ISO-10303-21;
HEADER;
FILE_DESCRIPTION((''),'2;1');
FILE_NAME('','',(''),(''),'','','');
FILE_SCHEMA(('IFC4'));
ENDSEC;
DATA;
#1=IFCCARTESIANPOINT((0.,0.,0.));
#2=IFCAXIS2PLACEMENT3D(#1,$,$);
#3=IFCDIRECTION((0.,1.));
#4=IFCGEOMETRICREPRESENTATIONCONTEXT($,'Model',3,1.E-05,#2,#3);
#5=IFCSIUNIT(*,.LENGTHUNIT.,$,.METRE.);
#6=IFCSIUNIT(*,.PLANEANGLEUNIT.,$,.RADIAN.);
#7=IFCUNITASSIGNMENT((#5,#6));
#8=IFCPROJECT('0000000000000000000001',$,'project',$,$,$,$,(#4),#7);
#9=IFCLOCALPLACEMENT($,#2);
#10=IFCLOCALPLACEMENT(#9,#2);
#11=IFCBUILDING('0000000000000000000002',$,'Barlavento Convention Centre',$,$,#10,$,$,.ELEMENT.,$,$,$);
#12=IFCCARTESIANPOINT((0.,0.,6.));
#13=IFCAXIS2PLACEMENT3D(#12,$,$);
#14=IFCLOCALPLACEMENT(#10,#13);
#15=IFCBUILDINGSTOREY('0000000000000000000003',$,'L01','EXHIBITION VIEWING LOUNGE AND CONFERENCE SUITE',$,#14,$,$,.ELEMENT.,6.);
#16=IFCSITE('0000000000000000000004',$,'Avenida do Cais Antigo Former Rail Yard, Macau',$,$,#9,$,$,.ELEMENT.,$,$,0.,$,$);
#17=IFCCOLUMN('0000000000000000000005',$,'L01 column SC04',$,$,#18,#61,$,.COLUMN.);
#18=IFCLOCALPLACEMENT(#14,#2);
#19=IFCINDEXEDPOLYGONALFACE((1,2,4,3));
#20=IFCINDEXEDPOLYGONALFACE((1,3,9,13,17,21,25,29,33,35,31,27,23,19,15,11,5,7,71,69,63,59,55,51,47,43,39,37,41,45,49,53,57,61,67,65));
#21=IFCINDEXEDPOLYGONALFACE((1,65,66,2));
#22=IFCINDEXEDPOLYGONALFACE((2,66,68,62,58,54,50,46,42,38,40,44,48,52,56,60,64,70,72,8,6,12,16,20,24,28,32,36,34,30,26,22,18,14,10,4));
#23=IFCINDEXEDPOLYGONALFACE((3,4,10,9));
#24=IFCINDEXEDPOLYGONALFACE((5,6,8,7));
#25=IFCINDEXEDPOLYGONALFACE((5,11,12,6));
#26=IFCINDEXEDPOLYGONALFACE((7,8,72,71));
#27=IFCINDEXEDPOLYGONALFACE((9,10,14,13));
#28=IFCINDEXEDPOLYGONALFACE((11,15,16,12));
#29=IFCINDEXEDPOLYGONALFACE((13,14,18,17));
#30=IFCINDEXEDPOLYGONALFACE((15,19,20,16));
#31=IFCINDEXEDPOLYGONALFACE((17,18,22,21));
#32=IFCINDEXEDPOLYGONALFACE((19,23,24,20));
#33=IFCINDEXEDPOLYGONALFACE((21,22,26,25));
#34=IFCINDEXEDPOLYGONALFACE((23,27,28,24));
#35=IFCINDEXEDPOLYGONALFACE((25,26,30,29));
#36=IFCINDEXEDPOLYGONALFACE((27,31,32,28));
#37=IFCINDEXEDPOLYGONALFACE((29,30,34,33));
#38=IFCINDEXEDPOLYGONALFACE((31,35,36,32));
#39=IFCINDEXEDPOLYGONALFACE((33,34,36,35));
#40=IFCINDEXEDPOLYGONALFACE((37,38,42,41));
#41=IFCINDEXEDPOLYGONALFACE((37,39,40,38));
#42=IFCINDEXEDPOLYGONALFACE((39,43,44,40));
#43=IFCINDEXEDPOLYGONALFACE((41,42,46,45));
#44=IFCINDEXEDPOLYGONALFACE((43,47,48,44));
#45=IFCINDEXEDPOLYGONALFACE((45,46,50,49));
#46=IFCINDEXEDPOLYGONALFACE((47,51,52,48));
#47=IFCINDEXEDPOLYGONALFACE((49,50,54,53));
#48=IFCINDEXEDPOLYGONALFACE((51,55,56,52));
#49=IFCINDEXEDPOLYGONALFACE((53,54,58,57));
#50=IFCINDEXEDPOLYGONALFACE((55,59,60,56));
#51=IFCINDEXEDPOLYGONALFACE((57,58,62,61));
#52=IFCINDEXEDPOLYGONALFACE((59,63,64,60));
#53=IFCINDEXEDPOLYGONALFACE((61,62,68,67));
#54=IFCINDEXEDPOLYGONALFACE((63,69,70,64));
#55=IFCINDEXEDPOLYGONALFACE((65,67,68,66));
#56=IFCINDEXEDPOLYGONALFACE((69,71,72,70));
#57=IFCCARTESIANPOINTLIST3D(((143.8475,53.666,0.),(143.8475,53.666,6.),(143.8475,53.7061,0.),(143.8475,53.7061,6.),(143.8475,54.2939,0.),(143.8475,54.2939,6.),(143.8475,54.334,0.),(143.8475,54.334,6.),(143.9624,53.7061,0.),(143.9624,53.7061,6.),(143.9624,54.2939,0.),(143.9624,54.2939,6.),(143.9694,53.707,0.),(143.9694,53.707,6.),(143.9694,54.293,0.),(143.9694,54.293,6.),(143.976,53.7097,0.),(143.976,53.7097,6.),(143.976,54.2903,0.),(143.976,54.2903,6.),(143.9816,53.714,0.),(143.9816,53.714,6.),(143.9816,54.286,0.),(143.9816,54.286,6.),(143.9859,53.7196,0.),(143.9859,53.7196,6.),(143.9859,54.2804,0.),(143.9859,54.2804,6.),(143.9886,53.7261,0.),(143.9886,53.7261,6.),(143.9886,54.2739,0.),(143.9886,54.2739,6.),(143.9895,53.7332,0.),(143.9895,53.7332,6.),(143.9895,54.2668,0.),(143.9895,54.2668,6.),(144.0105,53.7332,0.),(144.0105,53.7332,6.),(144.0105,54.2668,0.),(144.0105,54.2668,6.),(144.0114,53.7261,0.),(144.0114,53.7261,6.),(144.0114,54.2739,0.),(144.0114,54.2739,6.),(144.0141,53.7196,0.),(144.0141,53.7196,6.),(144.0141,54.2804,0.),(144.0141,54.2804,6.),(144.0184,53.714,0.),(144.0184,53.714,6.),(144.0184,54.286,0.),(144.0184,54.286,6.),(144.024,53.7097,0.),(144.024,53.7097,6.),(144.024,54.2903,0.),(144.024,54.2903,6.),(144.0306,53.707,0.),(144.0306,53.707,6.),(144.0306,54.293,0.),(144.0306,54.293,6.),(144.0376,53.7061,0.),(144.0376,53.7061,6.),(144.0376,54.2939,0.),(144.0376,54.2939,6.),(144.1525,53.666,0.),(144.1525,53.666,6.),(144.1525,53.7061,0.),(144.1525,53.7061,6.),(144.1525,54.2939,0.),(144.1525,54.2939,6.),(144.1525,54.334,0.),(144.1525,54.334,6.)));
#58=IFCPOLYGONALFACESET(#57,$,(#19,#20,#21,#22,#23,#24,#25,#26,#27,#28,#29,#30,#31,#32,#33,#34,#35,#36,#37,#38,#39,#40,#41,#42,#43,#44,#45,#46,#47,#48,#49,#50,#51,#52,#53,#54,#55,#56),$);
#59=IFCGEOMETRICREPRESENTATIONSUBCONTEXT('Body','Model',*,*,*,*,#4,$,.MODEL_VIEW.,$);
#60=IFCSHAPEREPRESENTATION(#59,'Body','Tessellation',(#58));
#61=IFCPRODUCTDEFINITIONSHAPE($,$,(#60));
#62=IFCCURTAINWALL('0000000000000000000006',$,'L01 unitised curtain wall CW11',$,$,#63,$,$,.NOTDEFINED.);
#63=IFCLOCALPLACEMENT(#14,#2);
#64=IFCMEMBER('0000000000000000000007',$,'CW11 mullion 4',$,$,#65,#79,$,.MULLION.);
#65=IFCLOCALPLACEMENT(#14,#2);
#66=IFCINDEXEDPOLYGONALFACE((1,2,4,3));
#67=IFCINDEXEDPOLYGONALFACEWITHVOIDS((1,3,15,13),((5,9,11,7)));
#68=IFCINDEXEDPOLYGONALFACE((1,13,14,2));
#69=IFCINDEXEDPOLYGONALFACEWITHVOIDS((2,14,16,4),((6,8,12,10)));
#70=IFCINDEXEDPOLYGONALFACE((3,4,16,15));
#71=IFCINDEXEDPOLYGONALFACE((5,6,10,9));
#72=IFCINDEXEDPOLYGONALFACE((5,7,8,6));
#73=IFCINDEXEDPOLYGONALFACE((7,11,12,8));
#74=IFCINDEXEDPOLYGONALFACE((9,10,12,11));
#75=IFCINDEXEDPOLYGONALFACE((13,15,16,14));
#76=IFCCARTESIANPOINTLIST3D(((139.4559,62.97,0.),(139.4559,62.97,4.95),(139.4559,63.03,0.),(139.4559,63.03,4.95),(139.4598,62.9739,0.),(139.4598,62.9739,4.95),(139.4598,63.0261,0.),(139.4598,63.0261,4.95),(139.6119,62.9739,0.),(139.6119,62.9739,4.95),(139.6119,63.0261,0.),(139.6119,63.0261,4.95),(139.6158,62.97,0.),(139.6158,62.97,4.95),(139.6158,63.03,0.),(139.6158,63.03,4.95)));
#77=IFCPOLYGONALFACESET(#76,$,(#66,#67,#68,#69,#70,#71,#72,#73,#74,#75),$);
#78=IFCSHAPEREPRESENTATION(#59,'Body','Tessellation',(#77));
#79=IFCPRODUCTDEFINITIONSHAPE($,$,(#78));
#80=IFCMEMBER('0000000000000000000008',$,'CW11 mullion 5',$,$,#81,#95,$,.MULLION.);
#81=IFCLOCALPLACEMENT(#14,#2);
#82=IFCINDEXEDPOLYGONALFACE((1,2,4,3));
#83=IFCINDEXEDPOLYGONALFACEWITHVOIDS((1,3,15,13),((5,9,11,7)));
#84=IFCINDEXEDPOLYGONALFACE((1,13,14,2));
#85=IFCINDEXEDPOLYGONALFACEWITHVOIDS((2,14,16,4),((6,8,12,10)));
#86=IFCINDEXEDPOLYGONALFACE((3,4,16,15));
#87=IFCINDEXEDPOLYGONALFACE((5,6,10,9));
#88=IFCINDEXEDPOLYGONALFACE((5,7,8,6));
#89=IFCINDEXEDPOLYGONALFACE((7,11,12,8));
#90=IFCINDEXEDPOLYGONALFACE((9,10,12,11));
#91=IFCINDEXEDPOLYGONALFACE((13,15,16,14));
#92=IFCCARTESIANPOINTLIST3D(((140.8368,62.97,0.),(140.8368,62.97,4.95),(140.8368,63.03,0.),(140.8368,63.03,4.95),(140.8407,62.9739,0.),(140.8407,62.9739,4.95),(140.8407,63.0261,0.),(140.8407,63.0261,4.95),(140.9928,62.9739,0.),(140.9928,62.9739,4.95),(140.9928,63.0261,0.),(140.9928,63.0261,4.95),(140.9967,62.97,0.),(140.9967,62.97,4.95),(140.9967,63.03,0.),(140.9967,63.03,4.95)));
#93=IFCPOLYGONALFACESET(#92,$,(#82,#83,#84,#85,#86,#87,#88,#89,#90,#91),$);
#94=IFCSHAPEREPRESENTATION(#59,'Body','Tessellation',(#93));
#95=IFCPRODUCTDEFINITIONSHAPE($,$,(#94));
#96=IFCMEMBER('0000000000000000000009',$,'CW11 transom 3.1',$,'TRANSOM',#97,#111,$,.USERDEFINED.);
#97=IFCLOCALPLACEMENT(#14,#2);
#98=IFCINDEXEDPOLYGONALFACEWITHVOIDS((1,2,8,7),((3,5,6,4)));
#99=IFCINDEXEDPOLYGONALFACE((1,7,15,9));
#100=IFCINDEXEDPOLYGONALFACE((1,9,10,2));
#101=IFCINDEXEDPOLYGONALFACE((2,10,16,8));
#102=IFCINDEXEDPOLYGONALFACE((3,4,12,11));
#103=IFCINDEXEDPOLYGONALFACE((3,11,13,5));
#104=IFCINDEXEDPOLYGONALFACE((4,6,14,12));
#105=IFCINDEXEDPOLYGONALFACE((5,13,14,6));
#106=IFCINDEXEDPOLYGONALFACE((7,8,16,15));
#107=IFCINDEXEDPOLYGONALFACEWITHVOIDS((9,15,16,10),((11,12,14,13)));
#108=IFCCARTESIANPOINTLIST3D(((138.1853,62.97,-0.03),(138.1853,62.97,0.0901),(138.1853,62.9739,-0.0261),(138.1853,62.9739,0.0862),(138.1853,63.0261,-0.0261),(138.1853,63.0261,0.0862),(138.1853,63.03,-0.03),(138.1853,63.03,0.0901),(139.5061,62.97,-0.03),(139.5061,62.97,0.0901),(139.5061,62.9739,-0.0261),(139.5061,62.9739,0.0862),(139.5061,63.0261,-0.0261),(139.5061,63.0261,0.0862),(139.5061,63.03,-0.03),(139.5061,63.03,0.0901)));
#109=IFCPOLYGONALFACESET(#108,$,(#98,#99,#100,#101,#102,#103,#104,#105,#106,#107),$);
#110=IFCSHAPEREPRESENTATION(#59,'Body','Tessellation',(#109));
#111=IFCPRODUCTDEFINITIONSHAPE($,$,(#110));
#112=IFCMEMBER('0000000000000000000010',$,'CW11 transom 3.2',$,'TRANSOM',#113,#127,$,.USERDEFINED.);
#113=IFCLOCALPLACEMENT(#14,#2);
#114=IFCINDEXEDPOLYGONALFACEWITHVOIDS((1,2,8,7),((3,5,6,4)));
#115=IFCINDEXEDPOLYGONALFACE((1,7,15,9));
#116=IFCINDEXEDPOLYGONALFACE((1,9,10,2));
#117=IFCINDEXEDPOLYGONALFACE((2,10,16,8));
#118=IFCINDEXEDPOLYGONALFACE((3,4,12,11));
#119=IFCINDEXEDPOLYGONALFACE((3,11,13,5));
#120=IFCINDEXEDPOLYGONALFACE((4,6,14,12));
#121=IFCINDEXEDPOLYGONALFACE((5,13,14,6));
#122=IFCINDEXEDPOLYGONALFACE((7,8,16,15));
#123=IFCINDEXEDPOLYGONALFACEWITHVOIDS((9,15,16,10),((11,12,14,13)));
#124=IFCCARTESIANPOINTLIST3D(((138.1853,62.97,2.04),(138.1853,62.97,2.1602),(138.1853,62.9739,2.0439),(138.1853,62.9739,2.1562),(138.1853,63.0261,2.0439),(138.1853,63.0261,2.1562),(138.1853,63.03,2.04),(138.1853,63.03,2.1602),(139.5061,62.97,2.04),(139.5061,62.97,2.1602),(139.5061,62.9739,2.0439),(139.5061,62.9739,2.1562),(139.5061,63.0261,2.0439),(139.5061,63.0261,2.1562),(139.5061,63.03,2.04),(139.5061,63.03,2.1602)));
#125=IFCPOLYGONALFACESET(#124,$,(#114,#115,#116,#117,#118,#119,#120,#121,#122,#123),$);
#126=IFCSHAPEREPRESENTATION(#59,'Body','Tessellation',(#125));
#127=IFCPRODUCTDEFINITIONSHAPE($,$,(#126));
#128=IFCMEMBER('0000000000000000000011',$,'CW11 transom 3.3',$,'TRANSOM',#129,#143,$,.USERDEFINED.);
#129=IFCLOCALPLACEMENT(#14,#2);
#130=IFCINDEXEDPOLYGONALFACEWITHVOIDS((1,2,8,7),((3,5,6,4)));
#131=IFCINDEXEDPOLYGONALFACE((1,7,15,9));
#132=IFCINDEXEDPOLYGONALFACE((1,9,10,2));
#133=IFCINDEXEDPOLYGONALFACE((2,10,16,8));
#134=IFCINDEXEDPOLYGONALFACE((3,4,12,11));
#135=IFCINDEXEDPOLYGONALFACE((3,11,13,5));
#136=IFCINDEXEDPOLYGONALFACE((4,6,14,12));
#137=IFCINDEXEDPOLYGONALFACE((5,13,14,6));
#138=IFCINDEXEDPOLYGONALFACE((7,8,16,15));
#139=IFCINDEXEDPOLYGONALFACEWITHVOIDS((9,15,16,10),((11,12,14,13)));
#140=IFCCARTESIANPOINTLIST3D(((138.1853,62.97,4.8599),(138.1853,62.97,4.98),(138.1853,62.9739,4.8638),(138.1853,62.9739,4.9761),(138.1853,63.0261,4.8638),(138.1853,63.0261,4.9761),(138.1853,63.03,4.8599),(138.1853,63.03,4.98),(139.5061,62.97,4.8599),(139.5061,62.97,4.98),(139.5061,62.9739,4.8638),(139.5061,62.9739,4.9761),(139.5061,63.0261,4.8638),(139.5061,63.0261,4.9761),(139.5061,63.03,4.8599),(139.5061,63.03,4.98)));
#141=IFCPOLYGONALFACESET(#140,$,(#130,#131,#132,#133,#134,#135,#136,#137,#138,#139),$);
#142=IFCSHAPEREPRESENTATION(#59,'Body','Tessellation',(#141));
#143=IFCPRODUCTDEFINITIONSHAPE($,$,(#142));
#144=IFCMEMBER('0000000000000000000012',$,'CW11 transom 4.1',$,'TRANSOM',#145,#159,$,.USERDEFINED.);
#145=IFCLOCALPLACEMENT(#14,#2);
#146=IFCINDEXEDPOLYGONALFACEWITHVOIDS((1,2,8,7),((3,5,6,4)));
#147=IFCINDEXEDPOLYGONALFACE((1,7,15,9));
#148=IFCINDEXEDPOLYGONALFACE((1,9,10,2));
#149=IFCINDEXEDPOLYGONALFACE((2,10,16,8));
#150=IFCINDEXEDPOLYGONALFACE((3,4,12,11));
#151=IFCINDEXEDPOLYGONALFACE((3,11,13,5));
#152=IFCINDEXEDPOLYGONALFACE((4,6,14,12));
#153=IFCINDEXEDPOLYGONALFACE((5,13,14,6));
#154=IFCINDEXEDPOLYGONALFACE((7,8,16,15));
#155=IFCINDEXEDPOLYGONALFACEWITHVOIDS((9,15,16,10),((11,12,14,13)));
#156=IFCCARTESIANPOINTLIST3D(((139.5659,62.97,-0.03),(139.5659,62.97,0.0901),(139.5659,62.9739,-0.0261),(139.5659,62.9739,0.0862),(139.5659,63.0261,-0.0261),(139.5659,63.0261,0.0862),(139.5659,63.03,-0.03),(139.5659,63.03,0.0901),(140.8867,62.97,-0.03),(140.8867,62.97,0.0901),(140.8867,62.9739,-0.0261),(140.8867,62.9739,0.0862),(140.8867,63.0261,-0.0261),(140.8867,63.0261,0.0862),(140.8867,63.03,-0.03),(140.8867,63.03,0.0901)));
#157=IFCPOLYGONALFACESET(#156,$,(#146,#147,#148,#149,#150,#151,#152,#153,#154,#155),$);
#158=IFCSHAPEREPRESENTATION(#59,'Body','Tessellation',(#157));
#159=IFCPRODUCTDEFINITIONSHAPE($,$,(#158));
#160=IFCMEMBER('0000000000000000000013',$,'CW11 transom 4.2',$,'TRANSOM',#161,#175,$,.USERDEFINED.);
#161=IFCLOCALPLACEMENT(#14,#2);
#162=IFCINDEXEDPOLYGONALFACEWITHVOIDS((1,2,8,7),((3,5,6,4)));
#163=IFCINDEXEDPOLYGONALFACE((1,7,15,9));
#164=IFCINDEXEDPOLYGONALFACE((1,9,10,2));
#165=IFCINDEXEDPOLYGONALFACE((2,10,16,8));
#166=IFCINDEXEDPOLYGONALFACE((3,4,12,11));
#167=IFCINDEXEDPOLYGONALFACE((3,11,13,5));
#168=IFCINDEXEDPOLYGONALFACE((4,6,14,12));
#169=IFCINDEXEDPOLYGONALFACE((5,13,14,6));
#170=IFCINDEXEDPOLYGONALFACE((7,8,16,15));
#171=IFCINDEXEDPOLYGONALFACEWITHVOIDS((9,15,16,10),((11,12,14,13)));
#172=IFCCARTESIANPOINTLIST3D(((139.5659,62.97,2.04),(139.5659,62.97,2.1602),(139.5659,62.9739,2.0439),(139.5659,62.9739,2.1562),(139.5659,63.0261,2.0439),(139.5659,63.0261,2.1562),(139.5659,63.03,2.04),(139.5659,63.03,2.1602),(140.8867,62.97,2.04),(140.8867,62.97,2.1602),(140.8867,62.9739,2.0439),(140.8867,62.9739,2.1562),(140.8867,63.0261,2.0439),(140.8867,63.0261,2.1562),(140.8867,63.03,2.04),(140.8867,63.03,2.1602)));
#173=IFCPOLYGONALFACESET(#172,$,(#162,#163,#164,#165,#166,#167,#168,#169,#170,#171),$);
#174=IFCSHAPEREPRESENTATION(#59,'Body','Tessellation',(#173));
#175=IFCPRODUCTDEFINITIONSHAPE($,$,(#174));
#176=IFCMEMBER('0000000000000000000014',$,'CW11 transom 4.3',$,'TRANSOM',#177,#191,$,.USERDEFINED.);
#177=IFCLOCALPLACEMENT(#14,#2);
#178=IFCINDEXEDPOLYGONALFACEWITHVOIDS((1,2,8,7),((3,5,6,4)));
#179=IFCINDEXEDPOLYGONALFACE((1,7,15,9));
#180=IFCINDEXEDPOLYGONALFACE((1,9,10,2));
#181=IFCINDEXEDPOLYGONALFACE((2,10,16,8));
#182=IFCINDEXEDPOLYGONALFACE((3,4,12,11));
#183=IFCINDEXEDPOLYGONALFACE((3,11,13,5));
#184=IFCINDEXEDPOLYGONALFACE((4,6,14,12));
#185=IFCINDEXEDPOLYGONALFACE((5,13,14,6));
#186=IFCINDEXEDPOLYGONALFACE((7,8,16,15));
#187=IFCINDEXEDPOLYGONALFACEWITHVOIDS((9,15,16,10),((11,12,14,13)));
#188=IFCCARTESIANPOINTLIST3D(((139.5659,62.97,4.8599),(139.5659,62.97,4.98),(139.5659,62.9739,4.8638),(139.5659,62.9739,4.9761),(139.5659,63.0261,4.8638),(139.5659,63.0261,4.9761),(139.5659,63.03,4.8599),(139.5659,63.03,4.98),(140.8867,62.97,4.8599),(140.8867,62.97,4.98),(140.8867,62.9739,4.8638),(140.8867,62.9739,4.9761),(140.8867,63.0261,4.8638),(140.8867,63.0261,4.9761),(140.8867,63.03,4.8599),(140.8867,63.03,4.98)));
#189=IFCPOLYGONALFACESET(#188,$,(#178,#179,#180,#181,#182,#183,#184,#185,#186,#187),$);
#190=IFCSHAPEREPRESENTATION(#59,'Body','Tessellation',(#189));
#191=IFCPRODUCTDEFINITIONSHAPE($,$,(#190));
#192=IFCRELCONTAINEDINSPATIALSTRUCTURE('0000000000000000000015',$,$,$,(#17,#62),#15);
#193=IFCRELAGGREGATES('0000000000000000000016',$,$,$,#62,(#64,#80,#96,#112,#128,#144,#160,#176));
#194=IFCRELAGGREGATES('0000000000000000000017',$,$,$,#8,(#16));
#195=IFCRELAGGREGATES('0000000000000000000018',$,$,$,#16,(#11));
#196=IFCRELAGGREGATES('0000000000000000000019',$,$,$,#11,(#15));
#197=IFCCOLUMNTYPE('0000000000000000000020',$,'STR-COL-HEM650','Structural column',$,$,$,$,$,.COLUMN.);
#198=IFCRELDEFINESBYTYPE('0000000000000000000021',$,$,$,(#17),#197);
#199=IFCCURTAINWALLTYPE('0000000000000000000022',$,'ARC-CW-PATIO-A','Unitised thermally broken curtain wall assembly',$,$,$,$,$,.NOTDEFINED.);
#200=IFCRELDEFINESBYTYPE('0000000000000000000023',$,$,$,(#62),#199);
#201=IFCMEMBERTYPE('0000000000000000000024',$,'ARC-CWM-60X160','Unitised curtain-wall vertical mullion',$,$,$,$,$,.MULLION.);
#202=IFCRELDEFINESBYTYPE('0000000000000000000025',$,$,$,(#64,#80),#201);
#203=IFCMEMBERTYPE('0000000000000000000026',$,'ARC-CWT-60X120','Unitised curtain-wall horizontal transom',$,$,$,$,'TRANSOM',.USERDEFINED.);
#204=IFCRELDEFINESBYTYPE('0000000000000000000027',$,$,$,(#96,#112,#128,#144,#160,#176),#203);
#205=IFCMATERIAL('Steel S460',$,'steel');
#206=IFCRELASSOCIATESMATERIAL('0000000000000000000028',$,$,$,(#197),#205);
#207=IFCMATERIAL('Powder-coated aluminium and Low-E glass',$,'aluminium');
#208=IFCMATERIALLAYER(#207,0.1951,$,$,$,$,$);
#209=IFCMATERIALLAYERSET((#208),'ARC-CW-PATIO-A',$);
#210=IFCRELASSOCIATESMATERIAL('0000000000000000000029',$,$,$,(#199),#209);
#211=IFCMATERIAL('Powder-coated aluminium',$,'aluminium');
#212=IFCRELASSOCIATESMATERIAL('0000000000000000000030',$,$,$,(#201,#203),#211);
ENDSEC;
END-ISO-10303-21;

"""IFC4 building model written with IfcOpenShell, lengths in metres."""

from ifc_helpers import new_model, si_unit, direction, frame, origin, origin_2d, place, context, subcontext, project, spatial, hollow_rectangle, i_section, extrude, material, layer, layer_set, material_profile, profile_set, type_object, element, aggregate, save


model = new_model("IFC4")

# Units and contexts
model_context = context("Model", 3, precision=1e-05, world=origin(), true_north=direction((0.0, 1.0)))
body_context = subcontext(model_context, "Body", "Model", "MODEL_VIEW")
ifc_project = project(units=[si_unit("LENGTHUNIT", "METRE"), si_unit("PLANEANGLEUNIT", "RADIAN")], contexts=[model_context])

# Site, building, storey
site_placement = place(None, origin())
site = spatial("IfcSite", under=ifc_project, at=site_placement, Name="Avenida do Cais Antigo Former Rail Yard, Macau", CompositionType="ELEMENT", RefElevation=0.0)
building_placement = place(site_placement, origin())
building = spatial("IfcBuilding", under=site, at=building_placement, Name="Barlavento Convention Centre", CompositionType="ELEMENT")
storey_placement = place(building_placement, frame((0.0, 0.0, 6.0)))
storey = spatial("IfcBuildingStorey", under=building, at=storey_placement, Name="L01", Description="EXHIBITION VIEWING LOUNGE AND CONFERENCE SUITE", CompositionType="ELEMENT", Elevation=6.0)

# Column
ifc_material_1 = material(Name="Steel S460", Category="steel")
ifc_material_profile_1 = material_profile(ifc_material_1, i_section(OverallWidth=0.3049, OverallDepth=0.668, WebThickness=0.021, FlangeThickness=0.04, FilletRadius=0.0271, at=origin_2d()), Name="HEM 650")
ifc_profile_set_1 = profile_set([ifc_material_profile_1], Name="Steel S460")
column_type = type_object("IfcColumnType", Name="STR-COL-HEM650", Description="Structural column", PredefinedType="COLUMN", material=ifc_profile_set_1)
column_placement = place(storey_placement, frame((144.0, 54.0, 0.0), z_axis=(0.0, 0.0, 1.0), x_axis=(1.0, 0.0, 0.0)))
element("IfcColumn", 1, at=column_placement, inside=storey, type_object=column_type, Name="L01 column SC04", PredefinedType="COLUMN", context=body_context, shape_type="SweptSolid", body=[
    extrude(i_section(OverallWidth=0.3049, OverallDepth=0.668, WebThickness=0.021, FlangeThickness=0.04, FilletRadius=0.0271, at=origin_2d()), origin(), (0.0, 0.0, 1.0), 6.0),
])

# Curtain wall, members
ifc_material_2 = material(Name="Powder-coated aluminium and Low-E glass", Category="aluminium")
ifc_layer_1 = layer(ifc_material_2, 0.1951)
ifc_layer_set_1 = layer_set([ifc_layer_1], Name="ARC-CW-PATIO-A")
curtain_wall_type = type_object("IfcCurtainWallType", Name="ARC-CW-PATIO-A", Description="Unitised thermally broken curtain wall assembly", PredefinedType="NOTDEFINED", material=ifc_layer_set_1)
curtain_wall_placement = place(storey_placement, origin())
curtain_wall = element("IfcCurtainWall", 2, at=curtain_wall_placement, inside=storey, type_object=curtain_wall_type, Name="L01 unitised curtain wall CW11", PredefinedType="NOTDEFINED")
ifc_material_3 = material(Name="Powder-coated aluminium", Category="aluminium")
ifc_material_profile_2 = material_profile(ifc_material_3, hollow_rectangle(XDim=0.0601, YDim=0.1599, WallThickness=0.0039, at=origin_2d()), Name="AL-MULL 60x160x4")
ifc_profile_set_2 = profile_set([ifc_material_profile_2], Name="Powder-coated aluminium")
member_type_1 = type_object("IfcMemberType", Name="ARC-CWM-60X160", Description="Unitised curtain-wall vertical mullion", PredefinedType="MULLION", material=ifc_profile_set_2)
member_1_placement = place(storey_placement, frame((139.5359, 63.0, 0.0), z_axis=(0.0, 0.0, 1.0), x_axis=(0.0, 1.0, 0.0)))
member_1 = element("IfcMember", 3, at=member_1_placement, type_object=member_type_1, Name="CW11 mullion 4", PredefinedType="MULLION", context=body_context, shape_type="SweptSolid", body=[
    extrude(hollow_rectangle(XDim=0.0601, YDim=0.1599, WallThickness=0.0039, at=origin_2d()), origin(), (0.0, 0.0, 1.0), 4.95),
])
member_2_placement = place(storey_placement, frame((140.9167, 63.0, 0.0), z_axis=(0.0, 0.0, 1.0), x_axis=(0.0, 1.0, 0.0)))
member_2 = element("IfcMember", 4, at=member_2_placement, type_object=member_type_1, Name="CW11 mullion 5", PredefinedType="MULLION", context=body_context, shape_type="SweptSolid", body=[
    extrude(hollow_rectangle(XDim=0.0601, YDim=0.1599, WallThickness=0.0039, at=origin_2d()), origin(), (0.0, 0.0, 1.0), 4.95),
])
ifc_material_profile_3 = material_profile(ifc_material_3, hollow_rectangle(XDim=0.0601, YDim=0.1201, WallThickness=0.0039, at=origin_2d()), Name="AL-TRAN 60x120x4")
ifc_profile_set_3 = profile_set([ifc_material_profile_3], Name="Powder-coated aluminium")
member_type_2 = type_object("IfcMemberType", Name="ARC-CWT-60X120", Description="Unitised curtain-wall horizontal transom", ElementType="TRANSOM", PredefinedType="USERDEFINED", material=ifc_profile_set_3)
member_3_placement = place(storey_placement, frame((138.1853, 63.0, 0.03), z_axis=(1.0, 0.0, 0.0), x_axis=(0.0, 1.0, 0.0)))
member_3 = element("IfcMember", 5, at=member_3_placement, type_object=member_type_2, Name="CW11 transom 3.1", ObjectType="TRANSOM", PredefinedType="USERDEFINED", context=body_context, shape_type="SweptSolid", body=[
    extrude(hollow_rectangle(XDim=0.0601, YDim=0.1201, WallThickness=0.0039, at=origin_2d()), origin(), (0.0, 0.0, 1.0), 1.3208),
])
member_4_placement = place(storey_placement, frame((138.1853, 63.0, 2.1001), z_axis=(1.0, 0.0, 0.0), x_axis=(0.0, 1.0, 0.0)))
member_4 = element("IfcMember", 6, at=member_4_placement, type_object=member_type_2, Name="CW11 transom 3.2", ObjectType="TRANSOM", PredefinedType="USERDEFINED", context=body_context, shape_type="SweptSolid", body=[
    extrude(hollow_rectangle(XDim=0.0601, YDim=0.1201, WallThickness=0.0039, at=origin_2d()), origin(), (0.0, 0.0, 1.0), 1.3208),
])
member_5_placement = place(storey_placement, frame((138.1853, 63.0, 4.9199), z_axis=(1.0, 0.0, 0.0), x_axis=(0.0, 1.0, 0.0)))
member_5 = element("IfcMember", 7, at=member_5_placement, type_object=member_type_2, Name="CW11 transom 3.3", ObjectType="TRANSOM", PredefinedType="USERDEFINED", context=body_context, shape_type="SweptSolid", body=[
    extrude(hollow_rectangle(XDim=0.0601, YDim=0.1201, WallThickness=0.0039, at=origin_2d()), origin(), (0.0, 0.0, 1.0), 1.3208),
])
member_6_placement = place(storey_placement, frame((139.5659, 63.0, 0.03), z_axis=(1.0, 0.0, 0.0), x_axis=(0.0, 1.0, 0.0)))
member_6 = element("IfcMember", 8, at=member_6_placement, type_object=member_type_2, Name="CW11 transom 4.1", ObjectType="TRANSOM", PredefinedType="USERDEFINED", context=body_context, shape_type="SweptSolid", body=[
    extrude(hollow_rectangle(XDim=0.0601, YDim=0.1201, WallThickness=0.0039, at=origin_2d()), origin(), (0.0, 0.0, 1.0), 1.3208),
])
member_7_placement = place(storey_placement, frame((139.5659, 63.0, 2.1001), z_axis=(1.0, 0.0, 0.0), x_axis=(0.0, 1.0, 0.0)))
member_7 = element("IfcMember", 9, at=member_7_placement, type_object=member_type_2, Name="CW11 transom 4.2", ObjectType="TRANSOM", PredefinedType="USERDEFINED", context=body_context, shape_type="SweptSolid", body=[
    extrude(hollow_rectangle(XDim=0.0601, YDim=0.1201, WallThickness=0.0039, at=origin_2d()), origin(), (0.0, 0.0, 1.0), 1.3208),
])
member_8_placement = place(storey_placement, frame((139.5659, 63.0, 4.9199), z_axis=(1.0, 0.0, 0.0), x_axis=(0.0, 1.0, 0.0)))
member_8 = element("IfcMember", 10, at=member_8_placement, type_object=member_type_2, Name="CW11 transom 4.3", ObjectType="TRANSOM", PredefinedType="USERDEFINED", context=body_context, shape_type="SweptSolid", body=[
    extrude(hollow_rectangle(XDim=0.0601, YDim=0.1201, WallThickness=0.0039, at=origin_2d()), origin(), (0.0, 0.0, 1.0), 1.3208),
])

aggregate(curtain_wall, [member_1, member_2, member_3, member_4, member_5, member_6, member_7, member_8])

save(model, "model.ifc")
